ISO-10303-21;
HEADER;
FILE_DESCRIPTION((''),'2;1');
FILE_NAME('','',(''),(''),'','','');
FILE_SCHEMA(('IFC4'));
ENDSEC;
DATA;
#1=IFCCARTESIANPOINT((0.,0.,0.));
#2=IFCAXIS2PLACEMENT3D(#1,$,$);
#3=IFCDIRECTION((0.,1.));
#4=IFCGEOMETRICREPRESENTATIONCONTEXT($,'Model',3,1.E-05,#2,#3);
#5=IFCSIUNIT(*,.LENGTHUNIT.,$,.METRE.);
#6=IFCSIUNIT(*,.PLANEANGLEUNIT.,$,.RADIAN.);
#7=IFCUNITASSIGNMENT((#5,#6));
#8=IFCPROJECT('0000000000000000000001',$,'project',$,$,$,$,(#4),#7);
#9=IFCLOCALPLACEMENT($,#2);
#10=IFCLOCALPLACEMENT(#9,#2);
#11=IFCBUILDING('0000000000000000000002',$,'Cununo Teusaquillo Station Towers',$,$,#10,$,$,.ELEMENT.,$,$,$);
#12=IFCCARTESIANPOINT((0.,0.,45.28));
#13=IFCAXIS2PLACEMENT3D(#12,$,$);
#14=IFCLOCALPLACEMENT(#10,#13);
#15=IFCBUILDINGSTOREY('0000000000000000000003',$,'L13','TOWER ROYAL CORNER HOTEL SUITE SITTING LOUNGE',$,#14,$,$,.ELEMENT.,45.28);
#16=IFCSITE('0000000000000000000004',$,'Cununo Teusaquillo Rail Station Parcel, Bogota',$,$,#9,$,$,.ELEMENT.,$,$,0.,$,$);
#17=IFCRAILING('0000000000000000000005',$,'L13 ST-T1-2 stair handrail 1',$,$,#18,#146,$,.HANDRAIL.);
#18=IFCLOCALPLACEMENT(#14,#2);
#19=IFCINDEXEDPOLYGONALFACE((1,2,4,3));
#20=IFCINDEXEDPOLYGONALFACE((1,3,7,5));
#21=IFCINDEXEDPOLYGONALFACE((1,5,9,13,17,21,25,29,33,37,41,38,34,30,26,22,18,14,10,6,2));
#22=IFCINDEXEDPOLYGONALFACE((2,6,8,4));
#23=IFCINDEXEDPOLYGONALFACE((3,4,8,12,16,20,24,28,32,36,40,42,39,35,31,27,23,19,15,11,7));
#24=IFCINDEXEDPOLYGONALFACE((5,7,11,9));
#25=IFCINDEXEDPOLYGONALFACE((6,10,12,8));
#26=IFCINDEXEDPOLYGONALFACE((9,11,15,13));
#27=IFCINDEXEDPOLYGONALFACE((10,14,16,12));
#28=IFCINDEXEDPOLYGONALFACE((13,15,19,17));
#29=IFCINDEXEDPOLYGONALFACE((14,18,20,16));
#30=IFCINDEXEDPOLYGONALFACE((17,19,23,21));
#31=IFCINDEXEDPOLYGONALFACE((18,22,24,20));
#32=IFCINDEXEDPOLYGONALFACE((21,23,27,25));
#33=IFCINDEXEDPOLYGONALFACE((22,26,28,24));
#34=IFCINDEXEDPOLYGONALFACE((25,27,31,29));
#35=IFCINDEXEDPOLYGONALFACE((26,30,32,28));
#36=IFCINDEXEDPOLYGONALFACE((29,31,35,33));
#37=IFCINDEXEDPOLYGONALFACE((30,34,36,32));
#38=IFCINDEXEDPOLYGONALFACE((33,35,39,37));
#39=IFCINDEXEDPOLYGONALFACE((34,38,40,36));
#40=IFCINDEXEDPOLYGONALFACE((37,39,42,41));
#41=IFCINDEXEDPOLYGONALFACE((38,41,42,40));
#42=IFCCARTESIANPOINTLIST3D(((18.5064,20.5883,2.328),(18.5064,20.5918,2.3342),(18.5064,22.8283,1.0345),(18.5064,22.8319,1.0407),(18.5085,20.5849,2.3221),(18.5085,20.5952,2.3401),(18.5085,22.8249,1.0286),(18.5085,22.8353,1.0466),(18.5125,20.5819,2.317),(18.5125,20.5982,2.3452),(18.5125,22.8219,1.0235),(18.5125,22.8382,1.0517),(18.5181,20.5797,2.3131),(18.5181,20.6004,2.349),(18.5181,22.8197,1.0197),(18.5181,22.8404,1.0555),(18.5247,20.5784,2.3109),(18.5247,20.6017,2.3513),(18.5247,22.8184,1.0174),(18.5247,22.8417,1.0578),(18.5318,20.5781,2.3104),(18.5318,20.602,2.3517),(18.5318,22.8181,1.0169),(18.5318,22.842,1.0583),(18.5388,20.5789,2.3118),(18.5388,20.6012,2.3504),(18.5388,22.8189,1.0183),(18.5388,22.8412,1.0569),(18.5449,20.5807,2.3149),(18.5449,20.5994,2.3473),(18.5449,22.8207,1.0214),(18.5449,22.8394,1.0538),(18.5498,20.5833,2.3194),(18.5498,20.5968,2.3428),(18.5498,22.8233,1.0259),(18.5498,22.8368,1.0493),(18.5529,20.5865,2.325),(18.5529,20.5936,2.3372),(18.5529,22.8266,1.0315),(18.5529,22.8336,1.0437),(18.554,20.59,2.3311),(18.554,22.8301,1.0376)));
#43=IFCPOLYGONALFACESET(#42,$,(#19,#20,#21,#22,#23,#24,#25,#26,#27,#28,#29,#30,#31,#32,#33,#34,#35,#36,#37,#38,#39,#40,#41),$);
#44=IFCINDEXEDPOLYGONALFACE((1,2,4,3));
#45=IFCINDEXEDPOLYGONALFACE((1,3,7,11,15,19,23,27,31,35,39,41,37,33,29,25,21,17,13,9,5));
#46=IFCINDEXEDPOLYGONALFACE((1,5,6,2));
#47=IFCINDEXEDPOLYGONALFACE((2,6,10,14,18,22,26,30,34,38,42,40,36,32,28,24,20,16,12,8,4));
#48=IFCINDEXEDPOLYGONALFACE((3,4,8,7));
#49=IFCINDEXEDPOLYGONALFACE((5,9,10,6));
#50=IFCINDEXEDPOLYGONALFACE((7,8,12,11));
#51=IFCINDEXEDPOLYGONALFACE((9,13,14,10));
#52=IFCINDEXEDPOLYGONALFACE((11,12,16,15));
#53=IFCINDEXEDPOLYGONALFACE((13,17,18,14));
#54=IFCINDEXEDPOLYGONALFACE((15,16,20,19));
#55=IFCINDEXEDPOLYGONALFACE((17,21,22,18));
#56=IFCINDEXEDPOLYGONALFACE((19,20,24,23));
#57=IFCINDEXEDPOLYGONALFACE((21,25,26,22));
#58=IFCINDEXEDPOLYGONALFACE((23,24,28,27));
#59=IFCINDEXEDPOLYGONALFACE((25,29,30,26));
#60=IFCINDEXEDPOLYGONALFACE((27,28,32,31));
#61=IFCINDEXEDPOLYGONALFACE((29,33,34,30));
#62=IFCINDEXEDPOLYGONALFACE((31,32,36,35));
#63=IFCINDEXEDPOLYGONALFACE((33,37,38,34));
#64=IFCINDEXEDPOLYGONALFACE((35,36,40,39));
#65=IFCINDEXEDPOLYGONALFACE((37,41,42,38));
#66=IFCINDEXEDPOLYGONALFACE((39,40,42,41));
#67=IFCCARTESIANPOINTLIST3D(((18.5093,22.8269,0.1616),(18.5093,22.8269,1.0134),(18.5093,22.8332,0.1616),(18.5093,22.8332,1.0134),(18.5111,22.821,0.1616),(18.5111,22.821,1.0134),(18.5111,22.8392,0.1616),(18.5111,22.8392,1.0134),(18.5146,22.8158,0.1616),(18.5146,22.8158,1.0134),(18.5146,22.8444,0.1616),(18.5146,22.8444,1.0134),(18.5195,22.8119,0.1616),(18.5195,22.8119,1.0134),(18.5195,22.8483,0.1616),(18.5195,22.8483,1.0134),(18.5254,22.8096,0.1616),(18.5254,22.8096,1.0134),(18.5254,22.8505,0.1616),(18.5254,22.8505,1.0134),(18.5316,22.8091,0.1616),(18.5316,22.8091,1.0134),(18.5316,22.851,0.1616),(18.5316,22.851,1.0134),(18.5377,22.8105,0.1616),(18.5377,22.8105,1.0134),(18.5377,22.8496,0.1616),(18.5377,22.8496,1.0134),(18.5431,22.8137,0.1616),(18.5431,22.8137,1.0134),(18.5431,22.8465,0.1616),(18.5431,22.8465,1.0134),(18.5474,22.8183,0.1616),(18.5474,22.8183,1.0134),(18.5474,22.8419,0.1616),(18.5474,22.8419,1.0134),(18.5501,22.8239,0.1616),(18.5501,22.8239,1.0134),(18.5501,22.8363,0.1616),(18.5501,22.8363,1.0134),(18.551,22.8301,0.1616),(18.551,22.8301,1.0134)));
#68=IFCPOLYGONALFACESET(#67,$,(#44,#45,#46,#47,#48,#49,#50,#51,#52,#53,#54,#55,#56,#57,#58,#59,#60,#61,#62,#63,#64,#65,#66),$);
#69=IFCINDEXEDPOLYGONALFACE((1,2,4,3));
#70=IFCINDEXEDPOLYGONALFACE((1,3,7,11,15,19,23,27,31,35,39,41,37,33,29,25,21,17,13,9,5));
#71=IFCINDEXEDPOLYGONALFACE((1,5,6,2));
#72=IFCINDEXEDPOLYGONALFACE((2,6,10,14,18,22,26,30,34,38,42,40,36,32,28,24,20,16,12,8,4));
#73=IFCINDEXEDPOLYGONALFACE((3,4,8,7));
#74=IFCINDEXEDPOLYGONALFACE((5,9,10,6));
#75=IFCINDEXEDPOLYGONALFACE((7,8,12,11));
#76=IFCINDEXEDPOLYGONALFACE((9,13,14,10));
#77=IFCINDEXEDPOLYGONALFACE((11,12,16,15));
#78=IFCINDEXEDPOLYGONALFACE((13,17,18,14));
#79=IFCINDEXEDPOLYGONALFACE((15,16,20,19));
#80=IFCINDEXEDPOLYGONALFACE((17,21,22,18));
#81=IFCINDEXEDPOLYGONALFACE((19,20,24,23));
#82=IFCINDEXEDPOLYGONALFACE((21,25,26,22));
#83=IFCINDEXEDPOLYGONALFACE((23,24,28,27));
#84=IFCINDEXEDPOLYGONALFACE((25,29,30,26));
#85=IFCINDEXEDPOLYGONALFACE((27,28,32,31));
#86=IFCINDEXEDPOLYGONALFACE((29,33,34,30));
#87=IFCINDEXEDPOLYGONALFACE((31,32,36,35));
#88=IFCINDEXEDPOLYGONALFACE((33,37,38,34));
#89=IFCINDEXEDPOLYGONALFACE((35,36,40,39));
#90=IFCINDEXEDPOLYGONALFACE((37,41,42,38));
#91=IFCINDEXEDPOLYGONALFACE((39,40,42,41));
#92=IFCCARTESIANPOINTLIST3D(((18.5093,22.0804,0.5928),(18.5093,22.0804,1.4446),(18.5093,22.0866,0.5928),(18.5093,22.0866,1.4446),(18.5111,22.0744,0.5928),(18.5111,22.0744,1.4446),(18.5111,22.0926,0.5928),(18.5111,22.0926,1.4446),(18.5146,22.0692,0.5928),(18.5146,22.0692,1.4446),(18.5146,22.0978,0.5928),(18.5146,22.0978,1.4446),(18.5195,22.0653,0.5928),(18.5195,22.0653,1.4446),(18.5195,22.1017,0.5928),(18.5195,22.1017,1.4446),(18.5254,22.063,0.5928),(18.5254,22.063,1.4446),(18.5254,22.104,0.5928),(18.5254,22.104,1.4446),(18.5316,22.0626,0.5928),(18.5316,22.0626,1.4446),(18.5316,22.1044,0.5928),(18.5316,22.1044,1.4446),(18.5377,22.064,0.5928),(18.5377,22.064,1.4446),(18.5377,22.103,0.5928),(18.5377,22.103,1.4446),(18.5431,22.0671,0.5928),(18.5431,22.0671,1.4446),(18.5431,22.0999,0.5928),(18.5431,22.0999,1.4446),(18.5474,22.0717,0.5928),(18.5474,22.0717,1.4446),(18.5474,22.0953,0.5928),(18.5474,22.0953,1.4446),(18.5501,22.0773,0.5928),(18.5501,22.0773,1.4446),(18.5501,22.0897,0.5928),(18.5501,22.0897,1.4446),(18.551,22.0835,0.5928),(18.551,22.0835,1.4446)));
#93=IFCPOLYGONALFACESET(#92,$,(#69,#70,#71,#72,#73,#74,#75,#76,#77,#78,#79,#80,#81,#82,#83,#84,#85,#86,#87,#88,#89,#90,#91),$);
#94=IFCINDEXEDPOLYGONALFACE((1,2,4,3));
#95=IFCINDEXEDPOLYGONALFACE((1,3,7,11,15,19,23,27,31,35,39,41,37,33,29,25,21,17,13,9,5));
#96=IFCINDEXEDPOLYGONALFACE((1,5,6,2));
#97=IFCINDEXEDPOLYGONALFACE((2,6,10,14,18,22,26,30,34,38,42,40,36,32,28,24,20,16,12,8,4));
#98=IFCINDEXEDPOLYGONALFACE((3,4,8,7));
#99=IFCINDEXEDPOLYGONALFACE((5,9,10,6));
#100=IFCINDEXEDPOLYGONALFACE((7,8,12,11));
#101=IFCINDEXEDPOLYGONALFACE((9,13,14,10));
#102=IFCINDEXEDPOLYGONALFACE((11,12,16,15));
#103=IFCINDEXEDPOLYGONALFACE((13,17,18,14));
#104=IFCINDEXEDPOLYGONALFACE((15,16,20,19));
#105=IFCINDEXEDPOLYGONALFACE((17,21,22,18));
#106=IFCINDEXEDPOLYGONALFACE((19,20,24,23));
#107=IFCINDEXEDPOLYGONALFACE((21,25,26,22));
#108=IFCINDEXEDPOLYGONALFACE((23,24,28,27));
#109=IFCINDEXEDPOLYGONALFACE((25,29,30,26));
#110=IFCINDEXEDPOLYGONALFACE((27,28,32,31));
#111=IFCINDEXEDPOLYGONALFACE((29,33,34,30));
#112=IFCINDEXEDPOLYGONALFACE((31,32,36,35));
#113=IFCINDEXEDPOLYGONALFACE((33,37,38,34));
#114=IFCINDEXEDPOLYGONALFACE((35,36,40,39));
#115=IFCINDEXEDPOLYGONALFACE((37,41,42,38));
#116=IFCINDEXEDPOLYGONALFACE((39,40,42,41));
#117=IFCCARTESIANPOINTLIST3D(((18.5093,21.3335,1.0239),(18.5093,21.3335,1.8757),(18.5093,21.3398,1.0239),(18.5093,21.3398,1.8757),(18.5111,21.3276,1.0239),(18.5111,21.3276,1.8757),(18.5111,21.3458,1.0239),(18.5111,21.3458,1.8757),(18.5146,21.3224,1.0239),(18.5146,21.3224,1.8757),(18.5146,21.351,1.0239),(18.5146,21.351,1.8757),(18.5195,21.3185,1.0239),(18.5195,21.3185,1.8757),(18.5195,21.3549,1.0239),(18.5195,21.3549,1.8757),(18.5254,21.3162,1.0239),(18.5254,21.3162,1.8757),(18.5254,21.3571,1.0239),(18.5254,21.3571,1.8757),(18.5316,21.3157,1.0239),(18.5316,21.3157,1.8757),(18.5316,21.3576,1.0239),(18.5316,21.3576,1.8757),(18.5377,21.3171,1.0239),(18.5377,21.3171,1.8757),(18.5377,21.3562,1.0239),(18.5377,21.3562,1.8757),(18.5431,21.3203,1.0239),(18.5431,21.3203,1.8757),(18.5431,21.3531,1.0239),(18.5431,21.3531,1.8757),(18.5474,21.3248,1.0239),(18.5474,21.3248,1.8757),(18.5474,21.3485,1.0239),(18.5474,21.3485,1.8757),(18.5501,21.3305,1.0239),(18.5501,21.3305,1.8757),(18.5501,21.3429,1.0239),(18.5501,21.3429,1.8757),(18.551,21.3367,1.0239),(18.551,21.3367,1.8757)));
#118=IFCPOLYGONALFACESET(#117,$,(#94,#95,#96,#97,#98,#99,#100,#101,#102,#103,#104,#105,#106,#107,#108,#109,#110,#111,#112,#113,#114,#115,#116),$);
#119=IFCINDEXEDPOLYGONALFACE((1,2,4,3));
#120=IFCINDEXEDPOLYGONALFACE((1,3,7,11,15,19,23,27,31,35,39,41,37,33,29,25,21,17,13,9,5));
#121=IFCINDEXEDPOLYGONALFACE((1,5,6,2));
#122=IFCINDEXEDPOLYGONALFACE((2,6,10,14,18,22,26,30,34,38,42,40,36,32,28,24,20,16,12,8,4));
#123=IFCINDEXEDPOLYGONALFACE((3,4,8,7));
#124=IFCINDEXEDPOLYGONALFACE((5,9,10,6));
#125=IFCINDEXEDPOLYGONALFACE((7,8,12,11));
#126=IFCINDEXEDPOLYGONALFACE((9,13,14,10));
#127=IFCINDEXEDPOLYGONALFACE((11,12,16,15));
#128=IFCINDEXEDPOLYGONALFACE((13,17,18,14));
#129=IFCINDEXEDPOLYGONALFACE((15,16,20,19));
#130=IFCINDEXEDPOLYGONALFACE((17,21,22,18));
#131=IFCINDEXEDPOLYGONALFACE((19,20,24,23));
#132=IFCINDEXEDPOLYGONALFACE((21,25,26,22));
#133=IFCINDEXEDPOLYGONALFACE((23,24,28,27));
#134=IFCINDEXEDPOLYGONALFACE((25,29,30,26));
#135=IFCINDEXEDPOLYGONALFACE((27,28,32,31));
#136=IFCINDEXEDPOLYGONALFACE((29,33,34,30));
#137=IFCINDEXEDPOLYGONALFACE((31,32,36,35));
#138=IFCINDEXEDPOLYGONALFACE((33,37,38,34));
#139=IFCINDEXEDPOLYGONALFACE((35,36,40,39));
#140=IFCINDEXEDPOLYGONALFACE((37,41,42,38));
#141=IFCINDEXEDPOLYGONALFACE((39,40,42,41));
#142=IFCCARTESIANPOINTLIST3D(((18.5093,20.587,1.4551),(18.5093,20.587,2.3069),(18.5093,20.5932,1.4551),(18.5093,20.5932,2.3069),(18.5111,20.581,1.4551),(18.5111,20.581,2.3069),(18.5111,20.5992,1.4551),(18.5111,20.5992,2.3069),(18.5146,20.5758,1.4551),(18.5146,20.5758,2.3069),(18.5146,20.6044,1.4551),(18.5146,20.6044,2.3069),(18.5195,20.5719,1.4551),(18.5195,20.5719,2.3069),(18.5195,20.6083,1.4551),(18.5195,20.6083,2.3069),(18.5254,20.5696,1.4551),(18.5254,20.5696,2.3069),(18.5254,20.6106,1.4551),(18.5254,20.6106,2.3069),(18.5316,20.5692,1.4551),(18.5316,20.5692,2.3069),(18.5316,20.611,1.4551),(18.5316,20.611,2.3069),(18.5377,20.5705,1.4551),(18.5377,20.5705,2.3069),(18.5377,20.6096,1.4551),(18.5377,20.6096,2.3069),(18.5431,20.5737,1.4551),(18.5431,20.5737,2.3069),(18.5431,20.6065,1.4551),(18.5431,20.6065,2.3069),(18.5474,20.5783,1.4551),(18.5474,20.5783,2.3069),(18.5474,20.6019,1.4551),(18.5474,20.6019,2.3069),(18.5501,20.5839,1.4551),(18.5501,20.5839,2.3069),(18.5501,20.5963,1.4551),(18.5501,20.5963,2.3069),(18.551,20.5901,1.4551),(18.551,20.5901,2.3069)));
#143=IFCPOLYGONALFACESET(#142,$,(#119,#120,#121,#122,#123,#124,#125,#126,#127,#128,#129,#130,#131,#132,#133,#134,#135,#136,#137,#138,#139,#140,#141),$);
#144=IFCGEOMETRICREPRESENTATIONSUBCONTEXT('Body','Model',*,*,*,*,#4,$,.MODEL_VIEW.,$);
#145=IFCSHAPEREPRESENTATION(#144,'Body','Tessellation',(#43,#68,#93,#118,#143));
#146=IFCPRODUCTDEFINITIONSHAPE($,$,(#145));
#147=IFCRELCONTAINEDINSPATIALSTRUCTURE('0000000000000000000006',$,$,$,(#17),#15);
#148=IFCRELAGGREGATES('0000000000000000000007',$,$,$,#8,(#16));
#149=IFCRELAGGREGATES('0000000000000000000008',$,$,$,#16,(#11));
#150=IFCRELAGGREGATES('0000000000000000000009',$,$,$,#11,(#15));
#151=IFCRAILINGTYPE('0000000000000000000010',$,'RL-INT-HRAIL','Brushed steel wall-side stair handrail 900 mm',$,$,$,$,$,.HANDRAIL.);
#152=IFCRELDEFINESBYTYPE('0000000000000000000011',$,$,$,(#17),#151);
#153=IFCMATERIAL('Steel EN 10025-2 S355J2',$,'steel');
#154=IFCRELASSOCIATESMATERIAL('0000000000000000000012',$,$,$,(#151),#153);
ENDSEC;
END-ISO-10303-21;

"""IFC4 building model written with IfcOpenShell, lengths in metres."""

from ifc_helpers import new_model, si_unit, direction, frame, origin, origin_2d, place, context, subcontext, project, spatial, circle, extrude, material, type_object, element, save


model = new_model("IFC4")

# Units and contexts
model_context = context("Model", 3, precision=1e-05, world=origin(), true_north=direction((0.0, 1.0)))
body_context = subcontext(model_context, "Body", "Model", "MODEL_VIEW")
ifc_project = project(units=[si_unit("LENGTHUNIT", "METRE"), si_unit("PLANEANGLEUNIT", "RADIAN")], contexts=[model_context])

# Site, building, storey
site_placement = place(None, origin())
site = spatial("IfcSite", under=ifc_project, at=site_placement, Name="Cununo Teusaquillo Rail Station Parcel, Bogota", CompositionType="ELEMENT", RefElevation=0.0)
building_placement = place(site_placement, origin())
building = spatial("IfcBuilding", under=site, at=building_placement, Name="Cununo Teusaquillo Station Towers", CompositionType="ELEMENT")
storey_placement = place(building_placement, frame((0.0, 0.0, 45.28)))
storey = spatial("IfcBuildingStorey", under=building, at=storey_placement, Name="L13", Description="TOWER ROYAL CORNER HOTEL SUITE SITTING LOUNGE", CompositionType="ELEMENT", Elevation=45.28)

# Railing
ifc_material_1 = material(Name="Steel EN 10025-2 S355J2", Category="steel")
railing_type_1 = type_object("IfcRailingType", Name="RL-INT-HRAIL", Description="Brushed steel wall-side stair handrail 900 mm", PredefinedType="HANDRAIL", material=ifc_material_1)
railing_1_placement = place(storey_placement, frame((18.53, 22.8301, 0.1616)))
element("IfcRailing", 1, at=railing_1_placement, inside=storey, type_object=railing_type_1, Name="L13 ST-T1-2 stair handrail 1", PredefinedType="HANDRAIL", context=body_context, shape_type="SweptSolid", body=[
    extrude(circle(Radius=0.0239, at=origin_2d()), frame((0.0, 0.0, 0.876), z_axis=(0.0, -0.865992, 0.500057), x_axis=(1.0, 0.0, 0.0)), (0.0, 0.0, 1.0), 2.5867),
    extrude(circle(Radius=0.021, at=origin_2d()), origin(), (0.0, 0.0, 1.0), 0.8518),
    extrude(circle(Radius=0.021, at=origin_2d()), frame((0.0, -0.7466, 0.4312)), (0.0, 0.0, 1.0), 0.8518),
    extrude(circle(Radius=0.021, at=origin_2d()), frame((0.0, -1.4934, 0.8623)), (0.0, 0.0, 1.0), 0.8518),
    extrude(circle(Radius=0.021, at=origin_2d()), frame((0.0, -2.24, 1.2935)), (0.0, 0.0, 1.0), 0.8518),
])

save(model, "model.ifc")
